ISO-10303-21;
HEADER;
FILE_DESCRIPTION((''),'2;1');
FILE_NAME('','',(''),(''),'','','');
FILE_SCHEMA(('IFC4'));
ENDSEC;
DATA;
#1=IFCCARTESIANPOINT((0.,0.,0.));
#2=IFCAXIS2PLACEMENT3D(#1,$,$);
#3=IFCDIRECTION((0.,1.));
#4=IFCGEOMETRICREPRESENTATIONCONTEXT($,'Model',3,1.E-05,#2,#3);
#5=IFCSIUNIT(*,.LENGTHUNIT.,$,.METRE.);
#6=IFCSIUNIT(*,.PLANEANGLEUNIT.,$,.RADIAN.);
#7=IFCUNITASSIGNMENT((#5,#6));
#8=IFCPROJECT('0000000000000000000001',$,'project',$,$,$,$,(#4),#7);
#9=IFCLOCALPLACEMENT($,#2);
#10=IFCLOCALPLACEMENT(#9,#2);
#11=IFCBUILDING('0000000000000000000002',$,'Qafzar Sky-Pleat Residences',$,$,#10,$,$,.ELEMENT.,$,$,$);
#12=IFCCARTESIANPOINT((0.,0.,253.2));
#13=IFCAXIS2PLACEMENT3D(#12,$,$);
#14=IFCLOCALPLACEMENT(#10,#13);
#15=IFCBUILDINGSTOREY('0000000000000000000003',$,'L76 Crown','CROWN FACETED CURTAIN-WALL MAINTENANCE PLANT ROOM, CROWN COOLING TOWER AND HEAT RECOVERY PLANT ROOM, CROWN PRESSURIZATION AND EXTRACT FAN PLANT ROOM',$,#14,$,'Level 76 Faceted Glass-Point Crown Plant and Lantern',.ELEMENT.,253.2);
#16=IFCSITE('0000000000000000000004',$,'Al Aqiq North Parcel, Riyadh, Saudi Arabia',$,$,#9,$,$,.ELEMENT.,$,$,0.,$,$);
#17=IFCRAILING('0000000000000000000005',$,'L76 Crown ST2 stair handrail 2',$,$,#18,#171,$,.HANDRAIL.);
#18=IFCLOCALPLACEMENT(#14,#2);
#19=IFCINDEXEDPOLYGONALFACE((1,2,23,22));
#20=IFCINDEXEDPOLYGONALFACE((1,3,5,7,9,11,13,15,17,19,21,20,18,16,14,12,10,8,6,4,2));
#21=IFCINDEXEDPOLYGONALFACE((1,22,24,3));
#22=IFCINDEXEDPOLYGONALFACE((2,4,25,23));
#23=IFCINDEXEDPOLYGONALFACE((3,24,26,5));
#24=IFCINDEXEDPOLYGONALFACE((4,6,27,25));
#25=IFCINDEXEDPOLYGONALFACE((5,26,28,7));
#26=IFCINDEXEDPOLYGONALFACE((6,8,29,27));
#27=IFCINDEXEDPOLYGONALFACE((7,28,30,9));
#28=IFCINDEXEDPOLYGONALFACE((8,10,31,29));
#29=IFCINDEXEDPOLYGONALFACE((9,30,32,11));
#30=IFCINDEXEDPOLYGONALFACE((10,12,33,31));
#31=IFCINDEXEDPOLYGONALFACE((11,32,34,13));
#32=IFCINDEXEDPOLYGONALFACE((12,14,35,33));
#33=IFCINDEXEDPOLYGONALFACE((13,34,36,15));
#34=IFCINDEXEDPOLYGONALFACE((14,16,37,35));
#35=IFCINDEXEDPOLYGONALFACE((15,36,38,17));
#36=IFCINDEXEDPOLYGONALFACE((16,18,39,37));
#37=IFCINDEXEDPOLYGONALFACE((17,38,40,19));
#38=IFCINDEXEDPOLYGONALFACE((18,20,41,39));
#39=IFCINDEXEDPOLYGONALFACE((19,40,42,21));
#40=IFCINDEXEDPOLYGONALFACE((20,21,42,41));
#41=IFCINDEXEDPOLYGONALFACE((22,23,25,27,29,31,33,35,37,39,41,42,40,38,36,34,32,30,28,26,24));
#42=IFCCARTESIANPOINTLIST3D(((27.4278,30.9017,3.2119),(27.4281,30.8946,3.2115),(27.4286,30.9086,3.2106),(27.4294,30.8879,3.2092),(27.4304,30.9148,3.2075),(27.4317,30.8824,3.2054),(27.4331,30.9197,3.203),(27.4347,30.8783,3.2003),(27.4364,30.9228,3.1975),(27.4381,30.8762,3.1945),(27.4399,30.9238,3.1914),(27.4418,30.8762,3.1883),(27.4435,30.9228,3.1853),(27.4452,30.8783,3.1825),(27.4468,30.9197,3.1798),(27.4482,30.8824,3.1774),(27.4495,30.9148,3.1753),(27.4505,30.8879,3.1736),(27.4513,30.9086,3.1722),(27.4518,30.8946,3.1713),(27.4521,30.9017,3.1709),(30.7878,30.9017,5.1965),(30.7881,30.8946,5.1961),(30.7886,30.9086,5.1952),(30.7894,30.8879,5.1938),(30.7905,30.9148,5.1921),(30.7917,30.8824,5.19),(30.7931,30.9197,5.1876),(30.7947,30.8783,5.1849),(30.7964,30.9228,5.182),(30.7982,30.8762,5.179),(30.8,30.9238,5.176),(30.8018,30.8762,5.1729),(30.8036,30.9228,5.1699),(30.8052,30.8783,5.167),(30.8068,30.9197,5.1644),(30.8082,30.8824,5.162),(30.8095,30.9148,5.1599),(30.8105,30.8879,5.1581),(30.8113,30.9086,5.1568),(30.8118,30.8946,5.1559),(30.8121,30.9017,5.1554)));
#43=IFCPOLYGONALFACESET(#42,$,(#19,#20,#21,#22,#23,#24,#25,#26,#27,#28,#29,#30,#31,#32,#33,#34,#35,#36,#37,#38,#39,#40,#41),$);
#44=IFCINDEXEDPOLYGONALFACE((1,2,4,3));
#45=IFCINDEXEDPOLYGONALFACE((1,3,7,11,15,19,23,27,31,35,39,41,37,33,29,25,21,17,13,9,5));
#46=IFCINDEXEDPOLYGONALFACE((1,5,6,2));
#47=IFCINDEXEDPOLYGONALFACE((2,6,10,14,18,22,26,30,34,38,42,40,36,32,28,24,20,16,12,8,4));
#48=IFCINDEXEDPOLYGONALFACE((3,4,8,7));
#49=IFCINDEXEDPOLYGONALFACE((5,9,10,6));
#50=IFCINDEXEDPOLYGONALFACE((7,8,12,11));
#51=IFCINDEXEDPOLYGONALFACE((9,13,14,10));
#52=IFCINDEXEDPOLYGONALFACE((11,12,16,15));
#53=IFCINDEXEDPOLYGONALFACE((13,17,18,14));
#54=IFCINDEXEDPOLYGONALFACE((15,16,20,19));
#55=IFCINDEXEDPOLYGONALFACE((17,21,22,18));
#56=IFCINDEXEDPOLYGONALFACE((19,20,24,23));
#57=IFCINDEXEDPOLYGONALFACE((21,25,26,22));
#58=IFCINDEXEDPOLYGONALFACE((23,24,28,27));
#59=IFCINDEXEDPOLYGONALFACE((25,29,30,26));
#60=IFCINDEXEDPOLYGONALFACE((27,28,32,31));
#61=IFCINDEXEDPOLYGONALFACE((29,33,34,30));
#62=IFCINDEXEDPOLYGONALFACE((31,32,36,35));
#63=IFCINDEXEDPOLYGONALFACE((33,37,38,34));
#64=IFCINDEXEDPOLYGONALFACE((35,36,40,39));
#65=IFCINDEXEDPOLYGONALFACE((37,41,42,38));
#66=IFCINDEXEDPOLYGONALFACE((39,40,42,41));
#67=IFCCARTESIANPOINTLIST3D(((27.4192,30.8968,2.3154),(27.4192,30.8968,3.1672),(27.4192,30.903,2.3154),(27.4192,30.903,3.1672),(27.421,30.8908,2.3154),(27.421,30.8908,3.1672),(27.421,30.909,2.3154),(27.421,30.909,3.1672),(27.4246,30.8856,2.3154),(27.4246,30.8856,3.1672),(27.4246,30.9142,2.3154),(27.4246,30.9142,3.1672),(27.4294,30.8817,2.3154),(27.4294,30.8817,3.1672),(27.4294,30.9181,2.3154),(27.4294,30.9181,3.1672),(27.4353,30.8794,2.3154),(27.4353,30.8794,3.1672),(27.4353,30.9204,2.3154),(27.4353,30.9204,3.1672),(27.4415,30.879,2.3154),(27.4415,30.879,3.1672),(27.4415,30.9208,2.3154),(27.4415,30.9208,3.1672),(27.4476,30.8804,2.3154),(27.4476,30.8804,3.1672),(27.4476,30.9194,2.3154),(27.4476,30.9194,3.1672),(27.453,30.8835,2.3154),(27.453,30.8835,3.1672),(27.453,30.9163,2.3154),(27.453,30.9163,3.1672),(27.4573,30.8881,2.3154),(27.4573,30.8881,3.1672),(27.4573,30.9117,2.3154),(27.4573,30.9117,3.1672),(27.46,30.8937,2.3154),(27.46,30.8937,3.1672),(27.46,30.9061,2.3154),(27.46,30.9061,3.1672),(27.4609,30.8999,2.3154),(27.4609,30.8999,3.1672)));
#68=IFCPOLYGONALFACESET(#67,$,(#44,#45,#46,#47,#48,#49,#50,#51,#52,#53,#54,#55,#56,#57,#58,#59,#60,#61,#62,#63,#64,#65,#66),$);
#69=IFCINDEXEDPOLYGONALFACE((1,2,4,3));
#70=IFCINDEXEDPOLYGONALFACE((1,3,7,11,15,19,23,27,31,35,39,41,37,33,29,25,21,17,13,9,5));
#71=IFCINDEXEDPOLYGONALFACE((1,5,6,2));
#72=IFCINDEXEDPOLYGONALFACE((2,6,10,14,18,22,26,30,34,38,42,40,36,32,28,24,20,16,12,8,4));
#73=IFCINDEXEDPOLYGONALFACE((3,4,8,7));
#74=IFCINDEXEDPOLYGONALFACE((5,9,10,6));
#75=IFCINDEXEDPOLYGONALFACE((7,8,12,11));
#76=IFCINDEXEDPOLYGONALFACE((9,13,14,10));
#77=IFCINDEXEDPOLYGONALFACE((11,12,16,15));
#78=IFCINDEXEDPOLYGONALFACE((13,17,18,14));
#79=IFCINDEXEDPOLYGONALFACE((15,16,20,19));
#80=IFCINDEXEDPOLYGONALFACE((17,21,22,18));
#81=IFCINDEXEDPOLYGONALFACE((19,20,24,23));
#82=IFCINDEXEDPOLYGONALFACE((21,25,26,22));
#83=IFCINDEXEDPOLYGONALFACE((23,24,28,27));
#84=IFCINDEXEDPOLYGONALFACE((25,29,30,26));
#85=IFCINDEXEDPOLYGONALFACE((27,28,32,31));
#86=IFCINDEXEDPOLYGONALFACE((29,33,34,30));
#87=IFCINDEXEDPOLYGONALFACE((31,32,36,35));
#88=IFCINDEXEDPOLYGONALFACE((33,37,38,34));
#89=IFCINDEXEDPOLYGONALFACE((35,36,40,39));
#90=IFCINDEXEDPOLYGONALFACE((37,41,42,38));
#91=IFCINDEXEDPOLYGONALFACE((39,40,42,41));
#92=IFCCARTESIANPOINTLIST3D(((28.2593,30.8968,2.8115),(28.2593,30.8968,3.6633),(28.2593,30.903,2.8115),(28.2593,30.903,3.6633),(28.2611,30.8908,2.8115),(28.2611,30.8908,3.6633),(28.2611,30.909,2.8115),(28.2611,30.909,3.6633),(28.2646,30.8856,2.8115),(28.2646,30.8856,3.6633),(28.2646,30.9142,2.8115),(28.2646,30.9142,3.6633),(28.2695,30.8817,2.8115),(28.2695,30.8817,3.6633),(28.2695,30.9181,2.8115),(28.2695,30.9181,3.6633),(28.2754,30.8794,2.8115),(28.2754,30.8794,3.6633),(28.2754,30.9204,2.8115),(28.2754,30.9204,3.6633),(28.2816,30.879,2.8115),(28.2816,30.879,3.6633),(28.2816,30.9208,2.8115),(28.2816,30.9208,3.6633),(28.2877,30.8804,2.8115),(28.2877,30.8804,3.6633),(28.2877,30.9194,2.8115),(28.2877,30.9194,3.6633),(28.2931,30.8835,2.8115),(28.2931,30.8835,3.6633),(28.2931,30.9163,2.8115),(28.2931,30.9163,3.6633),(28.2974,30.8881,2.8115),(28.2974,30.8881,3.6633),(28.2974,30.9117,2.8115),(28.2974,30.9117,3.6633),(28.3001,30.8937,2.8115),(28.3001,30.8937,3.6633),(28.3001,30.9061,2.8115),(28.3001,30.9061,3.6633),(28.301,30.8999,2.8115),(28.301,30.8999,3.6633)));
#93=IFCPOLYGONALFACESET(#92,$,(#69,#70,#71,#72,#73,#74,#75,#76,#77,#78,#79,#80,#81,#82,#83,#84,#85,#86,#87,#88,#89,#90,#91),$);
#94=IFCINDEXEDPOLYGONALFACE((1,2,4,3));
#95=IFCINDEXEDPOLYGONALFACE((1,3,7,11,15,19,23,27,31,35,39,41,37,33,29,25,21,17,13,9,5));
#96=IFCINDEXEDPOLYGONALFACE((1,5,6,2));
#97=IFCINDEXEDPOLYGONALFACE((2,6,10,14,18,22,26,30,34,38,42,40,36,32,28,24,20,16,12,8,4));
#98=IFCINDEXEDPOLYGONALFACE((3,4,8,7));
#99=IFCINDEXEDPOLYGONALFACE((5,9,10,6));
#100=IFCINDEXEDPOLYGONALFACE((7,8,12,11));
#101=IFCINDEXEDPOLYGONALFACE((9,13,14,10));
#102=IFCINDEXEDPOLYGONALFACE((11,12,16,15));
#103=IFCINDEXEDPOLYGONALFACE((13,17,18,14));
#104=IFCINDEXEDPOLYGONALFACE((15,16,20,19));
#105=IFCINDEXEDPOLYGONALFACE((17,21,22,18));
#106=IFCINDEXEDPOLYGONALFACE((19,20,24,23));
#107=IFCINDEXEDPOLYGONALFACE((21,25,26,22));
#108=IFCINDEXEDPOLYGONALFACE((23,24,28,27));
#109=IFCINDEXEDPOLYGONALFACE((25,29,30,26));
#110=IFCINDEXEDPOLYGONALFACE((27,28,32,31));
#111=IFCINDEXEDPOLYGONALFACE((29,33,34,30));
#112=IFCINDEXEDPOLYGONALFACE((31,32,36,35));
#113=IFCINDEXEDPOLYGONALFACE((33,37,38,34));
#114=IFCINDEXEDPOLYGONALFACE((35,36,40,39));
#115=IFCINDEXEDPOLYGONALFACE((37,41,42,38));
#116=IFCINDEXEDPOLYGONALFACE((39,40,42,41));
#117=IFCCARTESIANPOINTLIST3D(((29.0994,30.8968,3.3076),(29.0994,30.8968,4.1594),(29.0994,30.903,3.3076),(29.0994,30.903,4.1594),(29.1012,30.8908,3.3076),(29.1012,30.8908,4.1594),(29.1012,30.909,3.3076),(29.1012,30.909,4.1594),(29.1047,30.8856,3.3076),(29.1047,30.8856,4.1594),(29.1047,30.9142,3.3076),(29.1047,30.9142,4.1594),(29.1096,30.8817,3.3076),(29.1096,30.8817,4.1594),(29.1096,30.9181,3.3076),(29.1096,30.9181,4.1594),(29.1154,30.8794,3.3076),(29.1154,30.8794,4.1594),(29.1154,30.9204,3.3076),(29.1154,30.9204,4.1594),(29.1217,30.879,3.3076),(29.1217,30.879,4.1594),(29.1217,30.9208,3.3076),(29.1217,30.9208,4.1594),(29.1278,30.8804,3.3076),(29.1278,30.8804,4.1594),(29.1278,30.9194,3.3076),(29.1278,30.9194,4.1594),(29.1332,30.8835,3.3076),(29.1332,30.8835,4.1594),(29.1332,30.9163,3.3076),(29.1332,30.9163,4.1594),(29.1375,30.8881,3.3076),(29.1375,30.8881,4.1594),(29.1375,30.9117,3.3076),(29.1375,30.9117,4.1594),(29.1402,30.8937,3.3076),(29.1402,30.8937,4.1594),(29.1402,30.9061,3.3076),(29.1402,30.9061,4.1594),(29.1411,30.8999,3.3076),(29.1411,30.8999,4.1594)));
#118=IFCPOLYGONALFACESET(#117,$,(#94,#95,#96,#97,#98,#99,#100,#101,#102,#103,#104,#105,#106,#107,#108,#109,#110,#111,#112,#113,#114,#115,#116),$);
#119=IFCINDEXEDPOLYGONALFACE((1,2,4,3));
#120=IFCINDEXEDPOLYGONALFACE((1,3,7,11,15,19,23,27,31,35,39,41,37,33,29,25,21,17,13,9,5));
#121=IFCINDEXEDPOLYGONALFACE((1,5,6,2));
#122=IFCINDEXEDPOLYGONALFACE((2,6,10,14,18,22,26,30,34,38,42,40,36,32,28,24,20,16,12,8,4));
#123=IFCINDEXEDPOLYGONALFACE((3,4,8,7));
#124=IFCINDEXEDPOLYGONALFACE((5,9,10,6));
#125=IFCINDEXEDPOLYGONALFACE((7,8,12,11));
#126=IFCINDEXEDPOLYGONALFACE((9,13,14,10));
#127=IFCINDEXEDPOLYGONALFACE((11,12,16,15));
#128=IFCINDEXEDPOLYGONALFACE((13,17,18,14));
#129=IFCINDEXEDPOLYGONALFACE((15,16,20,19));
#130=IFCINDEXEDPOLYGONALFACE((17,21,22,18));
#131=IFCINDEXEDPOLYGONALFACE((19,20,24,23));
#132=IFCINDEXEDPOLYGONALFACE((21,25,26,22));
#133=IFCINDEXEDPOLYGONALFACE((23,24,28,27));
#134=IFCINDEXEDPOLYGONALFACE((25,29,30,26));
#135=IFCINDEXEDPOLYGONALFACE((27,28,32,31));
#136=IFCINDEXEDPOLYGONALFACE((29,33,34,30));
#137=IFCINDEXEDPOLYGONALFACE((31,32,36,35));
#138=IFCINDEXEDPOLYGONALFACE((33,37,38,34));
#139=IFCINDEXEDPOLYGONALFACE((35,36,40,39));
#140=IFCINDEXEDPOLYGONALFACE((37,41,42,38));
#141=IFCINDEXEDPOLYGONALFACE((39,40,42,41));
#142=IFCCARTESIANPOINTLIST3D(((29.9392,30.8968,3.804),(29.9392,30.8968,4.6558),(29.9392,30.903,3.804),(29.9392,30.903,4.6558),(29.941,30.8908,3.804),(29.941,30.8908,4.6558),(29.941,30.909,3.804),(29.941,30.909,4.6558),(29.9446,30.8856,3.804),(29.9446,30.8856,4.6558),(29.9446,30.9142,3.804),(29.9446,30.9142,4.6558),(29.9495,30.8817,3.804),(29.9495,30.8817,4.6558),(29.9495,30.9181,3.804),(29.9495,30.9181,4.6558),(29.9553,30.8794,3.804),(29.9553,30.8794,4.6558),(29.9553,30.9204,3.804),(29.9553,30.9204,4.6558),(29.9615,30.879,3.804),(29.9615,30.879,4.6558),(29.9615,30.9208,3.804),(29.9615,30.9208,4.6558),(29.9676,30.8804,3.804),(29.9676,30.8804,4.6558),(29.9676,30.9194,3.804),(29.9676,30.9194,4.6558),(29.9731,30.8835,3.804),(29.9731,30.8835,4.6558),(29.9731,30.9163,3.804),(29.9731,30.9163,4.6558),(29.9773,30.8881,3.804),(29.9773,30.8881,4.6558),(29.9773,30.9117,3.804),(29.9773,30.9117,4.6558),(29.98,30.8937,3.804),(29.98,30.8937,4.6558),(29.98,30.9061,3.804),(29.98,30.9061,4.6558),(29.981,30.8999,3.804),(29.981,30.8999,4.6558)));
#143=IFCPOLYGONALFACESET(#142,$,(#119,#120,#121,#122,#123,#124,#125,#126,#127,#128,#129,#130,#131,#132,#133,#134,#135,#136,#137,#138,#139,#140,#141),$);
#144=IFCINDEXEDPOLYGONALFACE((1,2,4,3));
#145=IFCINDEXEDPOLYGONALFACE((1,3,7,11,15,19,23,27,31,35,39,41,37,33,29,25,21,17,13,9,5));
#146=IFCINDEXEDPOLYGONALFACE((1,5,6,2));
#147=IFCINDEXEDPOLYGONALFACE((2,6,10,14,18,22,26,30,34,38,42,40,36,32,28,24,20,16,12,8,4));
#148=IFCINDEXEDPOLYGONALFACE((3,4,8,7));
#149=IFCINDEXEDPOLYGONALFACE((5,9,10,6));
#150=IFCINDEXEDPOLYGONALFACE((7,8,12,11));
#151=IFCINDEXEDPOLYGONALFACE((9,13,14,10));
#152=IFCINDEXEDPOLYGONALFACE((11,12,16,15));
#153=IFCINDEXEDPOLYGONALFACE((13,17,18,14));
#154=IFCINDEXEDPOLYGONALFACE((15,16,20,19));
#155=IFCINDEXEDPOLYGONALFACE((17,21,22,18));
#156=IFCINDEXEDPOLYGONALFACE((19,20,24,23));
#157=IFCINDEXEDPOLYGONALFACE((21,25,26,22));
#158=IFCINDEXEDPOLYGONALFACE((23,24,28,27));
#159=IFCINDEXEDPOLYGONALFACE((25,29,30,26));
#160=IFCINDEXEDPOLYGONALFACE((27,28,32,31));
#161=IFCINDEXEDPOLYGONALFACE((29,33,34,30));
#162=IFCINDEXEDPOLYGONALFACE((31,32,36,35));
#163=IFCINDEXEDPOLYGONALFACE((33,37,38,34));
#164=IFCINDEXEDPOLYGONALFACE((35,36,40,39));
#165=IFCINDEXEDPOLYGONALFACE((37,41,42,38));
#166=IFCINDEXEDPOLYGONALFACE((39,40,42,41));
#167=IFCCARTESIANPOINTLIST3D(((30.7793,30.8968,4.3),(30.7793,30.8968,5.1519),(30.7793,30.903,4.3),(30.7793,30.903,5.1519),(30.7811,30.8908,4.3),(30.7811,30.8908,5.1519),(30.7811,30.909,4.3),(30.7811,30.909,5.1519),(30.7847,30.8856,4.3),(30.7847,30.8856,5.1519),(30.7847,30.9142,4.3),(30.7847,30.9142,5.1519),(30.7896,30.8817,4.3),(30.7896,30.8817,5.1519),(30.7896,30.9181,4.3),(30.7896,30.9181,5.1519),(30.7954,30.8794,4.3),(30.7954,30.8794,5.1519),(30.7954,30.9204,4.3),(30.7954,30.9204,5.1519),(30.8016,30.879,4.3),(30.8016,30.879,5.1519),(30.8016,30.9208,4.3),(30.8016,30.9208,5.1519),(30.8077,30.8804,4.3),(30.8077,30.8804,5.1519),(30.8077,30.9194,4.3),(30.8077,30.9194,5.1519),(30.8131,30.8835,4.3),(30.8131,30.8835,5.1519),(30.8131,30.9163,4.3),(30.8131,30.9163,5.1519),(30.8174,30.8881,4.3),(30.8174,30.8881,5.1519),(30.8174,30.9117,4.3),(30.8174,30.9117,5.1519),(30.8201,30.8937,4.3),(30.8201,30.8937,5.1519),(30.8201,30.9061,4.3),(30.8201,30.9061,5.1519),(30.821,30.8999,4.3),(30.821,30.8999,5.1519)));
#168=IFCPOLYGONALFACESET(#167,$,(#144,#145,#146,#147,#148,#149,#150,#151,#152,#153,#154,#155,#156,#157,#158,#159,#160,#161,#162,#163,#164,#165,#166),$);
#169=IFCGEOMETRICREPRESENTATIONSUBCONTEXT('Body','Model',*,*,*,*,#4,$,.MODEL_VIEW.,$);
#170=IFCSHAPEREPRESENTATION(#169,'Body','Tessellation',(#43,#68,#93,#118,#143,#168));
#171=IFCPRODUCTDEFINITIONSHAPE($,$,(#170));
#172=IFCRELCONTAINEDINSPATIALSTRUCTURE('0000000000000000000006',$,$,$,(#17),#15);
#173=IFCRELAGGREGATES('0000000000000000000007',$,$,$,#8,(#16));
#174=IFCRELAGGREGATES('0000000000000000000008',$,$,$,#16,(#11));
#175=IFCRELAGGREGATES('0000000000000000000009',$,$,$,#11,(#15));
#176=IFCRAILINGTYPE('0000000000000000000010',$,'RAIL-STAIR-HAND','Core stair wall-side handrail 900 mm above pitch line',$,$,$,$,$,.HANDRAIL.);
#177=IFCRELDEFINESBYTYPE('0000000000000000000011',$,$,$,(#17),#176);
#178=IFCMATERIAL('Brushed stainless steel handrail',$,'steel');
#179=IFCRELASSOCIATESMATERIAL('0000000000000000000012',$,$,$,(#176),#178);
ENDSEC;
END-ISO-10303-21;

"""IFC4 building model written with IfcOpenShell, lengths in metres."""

from ifc_helpers import new_model, si_unit, direction, frame, origin, origin_2d, place, context, subcontext, project, spatial, circle, extrude, source, transform, mapped, material, type_object, element, save


model = new_model("IFC4")

# Units and contexts
model_context = context("Model", 3, precision=1e-05, world=origin(), true_north=direction((0.0, 1.0)))
body_context = subcontext(model_context, "Body", "Model", "MODEL_VIEW")
ifc_project = project(units=[si_unit("LENGTHUNIT", "METRE"), si_unit("PLANEANGLEUNIT", "RADIAN")], contexts=[model_context])

# Site, building, storey
site_placement = place(None, origin())
site = spatial("IfcSite", under=ifc_project, at=site_placement, Name="Al Aqiq North Parcel, Riyadh, Saudi Arabia", CompositionType="ELEMENT", RefElevation=0.0)
building_placement = place(site_placement, origin())
building = spatial("IfcBuilding", under=site, at=building_placement, Name="Qafzar Sky-Pleat Residences", CompositionType="ELEMENT")
storey_placement = place(building_placement, frame((0.0, 0.0, 253.2)))
storey = spatial("IfcBuildingStorey", under=building, at=storey_placement, Name="L76 Crown", Description="CROWN FACETED CURTAIN-WALL MAINTENANCE PLANT ROOM, CROWN COOLING TOWER AND HEAT RECOVERY PLANT ROOM, CROWN PRESSURIZATION AND EXTRACT FAN PLANT ROOM", LongName="Level 76 Faceted Glass-Point Crown Plant and Lantern", CompositionType="ELEMENT", Elevation=253.2)

# Railing
ifc_material_1 = material(Name="Brushed stainless steel handrail", Category="steel")
railing_type_1 = type_object("IfcRailingType", Name="RAIL-STAIR-HAND", Description="Core stair wall-side handrail 900 mm above pitch line", PredefinedType="HANDRAIL", material=ifc_material_1)
shared_shape_1 = source(origin(), body_context, "Body", "SweptSolid", [
    extrude(circle(Radius=0.0239, at=origin_2d()), frame((0.0, 0.0, 0.876), z_axis=(0.861027, 0.0, 0.508559), x_axis=(0.0, 1.0, 0.0)), (0.0, 0.0, 1.0), 3.9023),
    extrude(circle(Radius=0.021, at=origin_2d()), origin(), (0.0, 0.0, 1.0), 0.8518),
    extrude(circle(Radius=0.021, at=origin_2d()), frame((0.8401, 0.0, 0.4961)), (0.0, 0.0, 1.0), 0.8518),
    extrude(circle(Radius=0.021, at=origin_2d()), frame((1.6802, 0.0, 0.9922)), (0.0, 0.0, 1.0), 0.8518),
    extrude(circle(Radius=0.021, at=origin_2d()), frame((2.52, 0.0, 1.4885)), (0.0, 0.0, 1.0), 0.8518),
    extrude(circle(Radius=0.021, at=origin_2d()), frame((3.3601, 0.0, 1.9846)), (0.0, 0.0, 1.0), 0.8518),
])
railing_1_placement = place(storey_placement, frame((27.4399, 30.8999, 2.3154)))
element("IfcRailing", 1, at=railing_1_placement, inside=storey, type_object=railing_type_1, Name="L76 Crown ST2 stair handrail 2", PredefinedType="HANDRAIL", context=body_context, shape_type="MappedRepresentation", body=[
    mapped(shared_shape_1, transform((0.0, 0.0, 0.0), x_axis=(1.0, 0.0, 0.0), y_axis=(0.0, 1.0, 0.0), z_axis=(0.0, 0.0, 1.0), scale=1.0)),
])

save(model, "model.ifc")
